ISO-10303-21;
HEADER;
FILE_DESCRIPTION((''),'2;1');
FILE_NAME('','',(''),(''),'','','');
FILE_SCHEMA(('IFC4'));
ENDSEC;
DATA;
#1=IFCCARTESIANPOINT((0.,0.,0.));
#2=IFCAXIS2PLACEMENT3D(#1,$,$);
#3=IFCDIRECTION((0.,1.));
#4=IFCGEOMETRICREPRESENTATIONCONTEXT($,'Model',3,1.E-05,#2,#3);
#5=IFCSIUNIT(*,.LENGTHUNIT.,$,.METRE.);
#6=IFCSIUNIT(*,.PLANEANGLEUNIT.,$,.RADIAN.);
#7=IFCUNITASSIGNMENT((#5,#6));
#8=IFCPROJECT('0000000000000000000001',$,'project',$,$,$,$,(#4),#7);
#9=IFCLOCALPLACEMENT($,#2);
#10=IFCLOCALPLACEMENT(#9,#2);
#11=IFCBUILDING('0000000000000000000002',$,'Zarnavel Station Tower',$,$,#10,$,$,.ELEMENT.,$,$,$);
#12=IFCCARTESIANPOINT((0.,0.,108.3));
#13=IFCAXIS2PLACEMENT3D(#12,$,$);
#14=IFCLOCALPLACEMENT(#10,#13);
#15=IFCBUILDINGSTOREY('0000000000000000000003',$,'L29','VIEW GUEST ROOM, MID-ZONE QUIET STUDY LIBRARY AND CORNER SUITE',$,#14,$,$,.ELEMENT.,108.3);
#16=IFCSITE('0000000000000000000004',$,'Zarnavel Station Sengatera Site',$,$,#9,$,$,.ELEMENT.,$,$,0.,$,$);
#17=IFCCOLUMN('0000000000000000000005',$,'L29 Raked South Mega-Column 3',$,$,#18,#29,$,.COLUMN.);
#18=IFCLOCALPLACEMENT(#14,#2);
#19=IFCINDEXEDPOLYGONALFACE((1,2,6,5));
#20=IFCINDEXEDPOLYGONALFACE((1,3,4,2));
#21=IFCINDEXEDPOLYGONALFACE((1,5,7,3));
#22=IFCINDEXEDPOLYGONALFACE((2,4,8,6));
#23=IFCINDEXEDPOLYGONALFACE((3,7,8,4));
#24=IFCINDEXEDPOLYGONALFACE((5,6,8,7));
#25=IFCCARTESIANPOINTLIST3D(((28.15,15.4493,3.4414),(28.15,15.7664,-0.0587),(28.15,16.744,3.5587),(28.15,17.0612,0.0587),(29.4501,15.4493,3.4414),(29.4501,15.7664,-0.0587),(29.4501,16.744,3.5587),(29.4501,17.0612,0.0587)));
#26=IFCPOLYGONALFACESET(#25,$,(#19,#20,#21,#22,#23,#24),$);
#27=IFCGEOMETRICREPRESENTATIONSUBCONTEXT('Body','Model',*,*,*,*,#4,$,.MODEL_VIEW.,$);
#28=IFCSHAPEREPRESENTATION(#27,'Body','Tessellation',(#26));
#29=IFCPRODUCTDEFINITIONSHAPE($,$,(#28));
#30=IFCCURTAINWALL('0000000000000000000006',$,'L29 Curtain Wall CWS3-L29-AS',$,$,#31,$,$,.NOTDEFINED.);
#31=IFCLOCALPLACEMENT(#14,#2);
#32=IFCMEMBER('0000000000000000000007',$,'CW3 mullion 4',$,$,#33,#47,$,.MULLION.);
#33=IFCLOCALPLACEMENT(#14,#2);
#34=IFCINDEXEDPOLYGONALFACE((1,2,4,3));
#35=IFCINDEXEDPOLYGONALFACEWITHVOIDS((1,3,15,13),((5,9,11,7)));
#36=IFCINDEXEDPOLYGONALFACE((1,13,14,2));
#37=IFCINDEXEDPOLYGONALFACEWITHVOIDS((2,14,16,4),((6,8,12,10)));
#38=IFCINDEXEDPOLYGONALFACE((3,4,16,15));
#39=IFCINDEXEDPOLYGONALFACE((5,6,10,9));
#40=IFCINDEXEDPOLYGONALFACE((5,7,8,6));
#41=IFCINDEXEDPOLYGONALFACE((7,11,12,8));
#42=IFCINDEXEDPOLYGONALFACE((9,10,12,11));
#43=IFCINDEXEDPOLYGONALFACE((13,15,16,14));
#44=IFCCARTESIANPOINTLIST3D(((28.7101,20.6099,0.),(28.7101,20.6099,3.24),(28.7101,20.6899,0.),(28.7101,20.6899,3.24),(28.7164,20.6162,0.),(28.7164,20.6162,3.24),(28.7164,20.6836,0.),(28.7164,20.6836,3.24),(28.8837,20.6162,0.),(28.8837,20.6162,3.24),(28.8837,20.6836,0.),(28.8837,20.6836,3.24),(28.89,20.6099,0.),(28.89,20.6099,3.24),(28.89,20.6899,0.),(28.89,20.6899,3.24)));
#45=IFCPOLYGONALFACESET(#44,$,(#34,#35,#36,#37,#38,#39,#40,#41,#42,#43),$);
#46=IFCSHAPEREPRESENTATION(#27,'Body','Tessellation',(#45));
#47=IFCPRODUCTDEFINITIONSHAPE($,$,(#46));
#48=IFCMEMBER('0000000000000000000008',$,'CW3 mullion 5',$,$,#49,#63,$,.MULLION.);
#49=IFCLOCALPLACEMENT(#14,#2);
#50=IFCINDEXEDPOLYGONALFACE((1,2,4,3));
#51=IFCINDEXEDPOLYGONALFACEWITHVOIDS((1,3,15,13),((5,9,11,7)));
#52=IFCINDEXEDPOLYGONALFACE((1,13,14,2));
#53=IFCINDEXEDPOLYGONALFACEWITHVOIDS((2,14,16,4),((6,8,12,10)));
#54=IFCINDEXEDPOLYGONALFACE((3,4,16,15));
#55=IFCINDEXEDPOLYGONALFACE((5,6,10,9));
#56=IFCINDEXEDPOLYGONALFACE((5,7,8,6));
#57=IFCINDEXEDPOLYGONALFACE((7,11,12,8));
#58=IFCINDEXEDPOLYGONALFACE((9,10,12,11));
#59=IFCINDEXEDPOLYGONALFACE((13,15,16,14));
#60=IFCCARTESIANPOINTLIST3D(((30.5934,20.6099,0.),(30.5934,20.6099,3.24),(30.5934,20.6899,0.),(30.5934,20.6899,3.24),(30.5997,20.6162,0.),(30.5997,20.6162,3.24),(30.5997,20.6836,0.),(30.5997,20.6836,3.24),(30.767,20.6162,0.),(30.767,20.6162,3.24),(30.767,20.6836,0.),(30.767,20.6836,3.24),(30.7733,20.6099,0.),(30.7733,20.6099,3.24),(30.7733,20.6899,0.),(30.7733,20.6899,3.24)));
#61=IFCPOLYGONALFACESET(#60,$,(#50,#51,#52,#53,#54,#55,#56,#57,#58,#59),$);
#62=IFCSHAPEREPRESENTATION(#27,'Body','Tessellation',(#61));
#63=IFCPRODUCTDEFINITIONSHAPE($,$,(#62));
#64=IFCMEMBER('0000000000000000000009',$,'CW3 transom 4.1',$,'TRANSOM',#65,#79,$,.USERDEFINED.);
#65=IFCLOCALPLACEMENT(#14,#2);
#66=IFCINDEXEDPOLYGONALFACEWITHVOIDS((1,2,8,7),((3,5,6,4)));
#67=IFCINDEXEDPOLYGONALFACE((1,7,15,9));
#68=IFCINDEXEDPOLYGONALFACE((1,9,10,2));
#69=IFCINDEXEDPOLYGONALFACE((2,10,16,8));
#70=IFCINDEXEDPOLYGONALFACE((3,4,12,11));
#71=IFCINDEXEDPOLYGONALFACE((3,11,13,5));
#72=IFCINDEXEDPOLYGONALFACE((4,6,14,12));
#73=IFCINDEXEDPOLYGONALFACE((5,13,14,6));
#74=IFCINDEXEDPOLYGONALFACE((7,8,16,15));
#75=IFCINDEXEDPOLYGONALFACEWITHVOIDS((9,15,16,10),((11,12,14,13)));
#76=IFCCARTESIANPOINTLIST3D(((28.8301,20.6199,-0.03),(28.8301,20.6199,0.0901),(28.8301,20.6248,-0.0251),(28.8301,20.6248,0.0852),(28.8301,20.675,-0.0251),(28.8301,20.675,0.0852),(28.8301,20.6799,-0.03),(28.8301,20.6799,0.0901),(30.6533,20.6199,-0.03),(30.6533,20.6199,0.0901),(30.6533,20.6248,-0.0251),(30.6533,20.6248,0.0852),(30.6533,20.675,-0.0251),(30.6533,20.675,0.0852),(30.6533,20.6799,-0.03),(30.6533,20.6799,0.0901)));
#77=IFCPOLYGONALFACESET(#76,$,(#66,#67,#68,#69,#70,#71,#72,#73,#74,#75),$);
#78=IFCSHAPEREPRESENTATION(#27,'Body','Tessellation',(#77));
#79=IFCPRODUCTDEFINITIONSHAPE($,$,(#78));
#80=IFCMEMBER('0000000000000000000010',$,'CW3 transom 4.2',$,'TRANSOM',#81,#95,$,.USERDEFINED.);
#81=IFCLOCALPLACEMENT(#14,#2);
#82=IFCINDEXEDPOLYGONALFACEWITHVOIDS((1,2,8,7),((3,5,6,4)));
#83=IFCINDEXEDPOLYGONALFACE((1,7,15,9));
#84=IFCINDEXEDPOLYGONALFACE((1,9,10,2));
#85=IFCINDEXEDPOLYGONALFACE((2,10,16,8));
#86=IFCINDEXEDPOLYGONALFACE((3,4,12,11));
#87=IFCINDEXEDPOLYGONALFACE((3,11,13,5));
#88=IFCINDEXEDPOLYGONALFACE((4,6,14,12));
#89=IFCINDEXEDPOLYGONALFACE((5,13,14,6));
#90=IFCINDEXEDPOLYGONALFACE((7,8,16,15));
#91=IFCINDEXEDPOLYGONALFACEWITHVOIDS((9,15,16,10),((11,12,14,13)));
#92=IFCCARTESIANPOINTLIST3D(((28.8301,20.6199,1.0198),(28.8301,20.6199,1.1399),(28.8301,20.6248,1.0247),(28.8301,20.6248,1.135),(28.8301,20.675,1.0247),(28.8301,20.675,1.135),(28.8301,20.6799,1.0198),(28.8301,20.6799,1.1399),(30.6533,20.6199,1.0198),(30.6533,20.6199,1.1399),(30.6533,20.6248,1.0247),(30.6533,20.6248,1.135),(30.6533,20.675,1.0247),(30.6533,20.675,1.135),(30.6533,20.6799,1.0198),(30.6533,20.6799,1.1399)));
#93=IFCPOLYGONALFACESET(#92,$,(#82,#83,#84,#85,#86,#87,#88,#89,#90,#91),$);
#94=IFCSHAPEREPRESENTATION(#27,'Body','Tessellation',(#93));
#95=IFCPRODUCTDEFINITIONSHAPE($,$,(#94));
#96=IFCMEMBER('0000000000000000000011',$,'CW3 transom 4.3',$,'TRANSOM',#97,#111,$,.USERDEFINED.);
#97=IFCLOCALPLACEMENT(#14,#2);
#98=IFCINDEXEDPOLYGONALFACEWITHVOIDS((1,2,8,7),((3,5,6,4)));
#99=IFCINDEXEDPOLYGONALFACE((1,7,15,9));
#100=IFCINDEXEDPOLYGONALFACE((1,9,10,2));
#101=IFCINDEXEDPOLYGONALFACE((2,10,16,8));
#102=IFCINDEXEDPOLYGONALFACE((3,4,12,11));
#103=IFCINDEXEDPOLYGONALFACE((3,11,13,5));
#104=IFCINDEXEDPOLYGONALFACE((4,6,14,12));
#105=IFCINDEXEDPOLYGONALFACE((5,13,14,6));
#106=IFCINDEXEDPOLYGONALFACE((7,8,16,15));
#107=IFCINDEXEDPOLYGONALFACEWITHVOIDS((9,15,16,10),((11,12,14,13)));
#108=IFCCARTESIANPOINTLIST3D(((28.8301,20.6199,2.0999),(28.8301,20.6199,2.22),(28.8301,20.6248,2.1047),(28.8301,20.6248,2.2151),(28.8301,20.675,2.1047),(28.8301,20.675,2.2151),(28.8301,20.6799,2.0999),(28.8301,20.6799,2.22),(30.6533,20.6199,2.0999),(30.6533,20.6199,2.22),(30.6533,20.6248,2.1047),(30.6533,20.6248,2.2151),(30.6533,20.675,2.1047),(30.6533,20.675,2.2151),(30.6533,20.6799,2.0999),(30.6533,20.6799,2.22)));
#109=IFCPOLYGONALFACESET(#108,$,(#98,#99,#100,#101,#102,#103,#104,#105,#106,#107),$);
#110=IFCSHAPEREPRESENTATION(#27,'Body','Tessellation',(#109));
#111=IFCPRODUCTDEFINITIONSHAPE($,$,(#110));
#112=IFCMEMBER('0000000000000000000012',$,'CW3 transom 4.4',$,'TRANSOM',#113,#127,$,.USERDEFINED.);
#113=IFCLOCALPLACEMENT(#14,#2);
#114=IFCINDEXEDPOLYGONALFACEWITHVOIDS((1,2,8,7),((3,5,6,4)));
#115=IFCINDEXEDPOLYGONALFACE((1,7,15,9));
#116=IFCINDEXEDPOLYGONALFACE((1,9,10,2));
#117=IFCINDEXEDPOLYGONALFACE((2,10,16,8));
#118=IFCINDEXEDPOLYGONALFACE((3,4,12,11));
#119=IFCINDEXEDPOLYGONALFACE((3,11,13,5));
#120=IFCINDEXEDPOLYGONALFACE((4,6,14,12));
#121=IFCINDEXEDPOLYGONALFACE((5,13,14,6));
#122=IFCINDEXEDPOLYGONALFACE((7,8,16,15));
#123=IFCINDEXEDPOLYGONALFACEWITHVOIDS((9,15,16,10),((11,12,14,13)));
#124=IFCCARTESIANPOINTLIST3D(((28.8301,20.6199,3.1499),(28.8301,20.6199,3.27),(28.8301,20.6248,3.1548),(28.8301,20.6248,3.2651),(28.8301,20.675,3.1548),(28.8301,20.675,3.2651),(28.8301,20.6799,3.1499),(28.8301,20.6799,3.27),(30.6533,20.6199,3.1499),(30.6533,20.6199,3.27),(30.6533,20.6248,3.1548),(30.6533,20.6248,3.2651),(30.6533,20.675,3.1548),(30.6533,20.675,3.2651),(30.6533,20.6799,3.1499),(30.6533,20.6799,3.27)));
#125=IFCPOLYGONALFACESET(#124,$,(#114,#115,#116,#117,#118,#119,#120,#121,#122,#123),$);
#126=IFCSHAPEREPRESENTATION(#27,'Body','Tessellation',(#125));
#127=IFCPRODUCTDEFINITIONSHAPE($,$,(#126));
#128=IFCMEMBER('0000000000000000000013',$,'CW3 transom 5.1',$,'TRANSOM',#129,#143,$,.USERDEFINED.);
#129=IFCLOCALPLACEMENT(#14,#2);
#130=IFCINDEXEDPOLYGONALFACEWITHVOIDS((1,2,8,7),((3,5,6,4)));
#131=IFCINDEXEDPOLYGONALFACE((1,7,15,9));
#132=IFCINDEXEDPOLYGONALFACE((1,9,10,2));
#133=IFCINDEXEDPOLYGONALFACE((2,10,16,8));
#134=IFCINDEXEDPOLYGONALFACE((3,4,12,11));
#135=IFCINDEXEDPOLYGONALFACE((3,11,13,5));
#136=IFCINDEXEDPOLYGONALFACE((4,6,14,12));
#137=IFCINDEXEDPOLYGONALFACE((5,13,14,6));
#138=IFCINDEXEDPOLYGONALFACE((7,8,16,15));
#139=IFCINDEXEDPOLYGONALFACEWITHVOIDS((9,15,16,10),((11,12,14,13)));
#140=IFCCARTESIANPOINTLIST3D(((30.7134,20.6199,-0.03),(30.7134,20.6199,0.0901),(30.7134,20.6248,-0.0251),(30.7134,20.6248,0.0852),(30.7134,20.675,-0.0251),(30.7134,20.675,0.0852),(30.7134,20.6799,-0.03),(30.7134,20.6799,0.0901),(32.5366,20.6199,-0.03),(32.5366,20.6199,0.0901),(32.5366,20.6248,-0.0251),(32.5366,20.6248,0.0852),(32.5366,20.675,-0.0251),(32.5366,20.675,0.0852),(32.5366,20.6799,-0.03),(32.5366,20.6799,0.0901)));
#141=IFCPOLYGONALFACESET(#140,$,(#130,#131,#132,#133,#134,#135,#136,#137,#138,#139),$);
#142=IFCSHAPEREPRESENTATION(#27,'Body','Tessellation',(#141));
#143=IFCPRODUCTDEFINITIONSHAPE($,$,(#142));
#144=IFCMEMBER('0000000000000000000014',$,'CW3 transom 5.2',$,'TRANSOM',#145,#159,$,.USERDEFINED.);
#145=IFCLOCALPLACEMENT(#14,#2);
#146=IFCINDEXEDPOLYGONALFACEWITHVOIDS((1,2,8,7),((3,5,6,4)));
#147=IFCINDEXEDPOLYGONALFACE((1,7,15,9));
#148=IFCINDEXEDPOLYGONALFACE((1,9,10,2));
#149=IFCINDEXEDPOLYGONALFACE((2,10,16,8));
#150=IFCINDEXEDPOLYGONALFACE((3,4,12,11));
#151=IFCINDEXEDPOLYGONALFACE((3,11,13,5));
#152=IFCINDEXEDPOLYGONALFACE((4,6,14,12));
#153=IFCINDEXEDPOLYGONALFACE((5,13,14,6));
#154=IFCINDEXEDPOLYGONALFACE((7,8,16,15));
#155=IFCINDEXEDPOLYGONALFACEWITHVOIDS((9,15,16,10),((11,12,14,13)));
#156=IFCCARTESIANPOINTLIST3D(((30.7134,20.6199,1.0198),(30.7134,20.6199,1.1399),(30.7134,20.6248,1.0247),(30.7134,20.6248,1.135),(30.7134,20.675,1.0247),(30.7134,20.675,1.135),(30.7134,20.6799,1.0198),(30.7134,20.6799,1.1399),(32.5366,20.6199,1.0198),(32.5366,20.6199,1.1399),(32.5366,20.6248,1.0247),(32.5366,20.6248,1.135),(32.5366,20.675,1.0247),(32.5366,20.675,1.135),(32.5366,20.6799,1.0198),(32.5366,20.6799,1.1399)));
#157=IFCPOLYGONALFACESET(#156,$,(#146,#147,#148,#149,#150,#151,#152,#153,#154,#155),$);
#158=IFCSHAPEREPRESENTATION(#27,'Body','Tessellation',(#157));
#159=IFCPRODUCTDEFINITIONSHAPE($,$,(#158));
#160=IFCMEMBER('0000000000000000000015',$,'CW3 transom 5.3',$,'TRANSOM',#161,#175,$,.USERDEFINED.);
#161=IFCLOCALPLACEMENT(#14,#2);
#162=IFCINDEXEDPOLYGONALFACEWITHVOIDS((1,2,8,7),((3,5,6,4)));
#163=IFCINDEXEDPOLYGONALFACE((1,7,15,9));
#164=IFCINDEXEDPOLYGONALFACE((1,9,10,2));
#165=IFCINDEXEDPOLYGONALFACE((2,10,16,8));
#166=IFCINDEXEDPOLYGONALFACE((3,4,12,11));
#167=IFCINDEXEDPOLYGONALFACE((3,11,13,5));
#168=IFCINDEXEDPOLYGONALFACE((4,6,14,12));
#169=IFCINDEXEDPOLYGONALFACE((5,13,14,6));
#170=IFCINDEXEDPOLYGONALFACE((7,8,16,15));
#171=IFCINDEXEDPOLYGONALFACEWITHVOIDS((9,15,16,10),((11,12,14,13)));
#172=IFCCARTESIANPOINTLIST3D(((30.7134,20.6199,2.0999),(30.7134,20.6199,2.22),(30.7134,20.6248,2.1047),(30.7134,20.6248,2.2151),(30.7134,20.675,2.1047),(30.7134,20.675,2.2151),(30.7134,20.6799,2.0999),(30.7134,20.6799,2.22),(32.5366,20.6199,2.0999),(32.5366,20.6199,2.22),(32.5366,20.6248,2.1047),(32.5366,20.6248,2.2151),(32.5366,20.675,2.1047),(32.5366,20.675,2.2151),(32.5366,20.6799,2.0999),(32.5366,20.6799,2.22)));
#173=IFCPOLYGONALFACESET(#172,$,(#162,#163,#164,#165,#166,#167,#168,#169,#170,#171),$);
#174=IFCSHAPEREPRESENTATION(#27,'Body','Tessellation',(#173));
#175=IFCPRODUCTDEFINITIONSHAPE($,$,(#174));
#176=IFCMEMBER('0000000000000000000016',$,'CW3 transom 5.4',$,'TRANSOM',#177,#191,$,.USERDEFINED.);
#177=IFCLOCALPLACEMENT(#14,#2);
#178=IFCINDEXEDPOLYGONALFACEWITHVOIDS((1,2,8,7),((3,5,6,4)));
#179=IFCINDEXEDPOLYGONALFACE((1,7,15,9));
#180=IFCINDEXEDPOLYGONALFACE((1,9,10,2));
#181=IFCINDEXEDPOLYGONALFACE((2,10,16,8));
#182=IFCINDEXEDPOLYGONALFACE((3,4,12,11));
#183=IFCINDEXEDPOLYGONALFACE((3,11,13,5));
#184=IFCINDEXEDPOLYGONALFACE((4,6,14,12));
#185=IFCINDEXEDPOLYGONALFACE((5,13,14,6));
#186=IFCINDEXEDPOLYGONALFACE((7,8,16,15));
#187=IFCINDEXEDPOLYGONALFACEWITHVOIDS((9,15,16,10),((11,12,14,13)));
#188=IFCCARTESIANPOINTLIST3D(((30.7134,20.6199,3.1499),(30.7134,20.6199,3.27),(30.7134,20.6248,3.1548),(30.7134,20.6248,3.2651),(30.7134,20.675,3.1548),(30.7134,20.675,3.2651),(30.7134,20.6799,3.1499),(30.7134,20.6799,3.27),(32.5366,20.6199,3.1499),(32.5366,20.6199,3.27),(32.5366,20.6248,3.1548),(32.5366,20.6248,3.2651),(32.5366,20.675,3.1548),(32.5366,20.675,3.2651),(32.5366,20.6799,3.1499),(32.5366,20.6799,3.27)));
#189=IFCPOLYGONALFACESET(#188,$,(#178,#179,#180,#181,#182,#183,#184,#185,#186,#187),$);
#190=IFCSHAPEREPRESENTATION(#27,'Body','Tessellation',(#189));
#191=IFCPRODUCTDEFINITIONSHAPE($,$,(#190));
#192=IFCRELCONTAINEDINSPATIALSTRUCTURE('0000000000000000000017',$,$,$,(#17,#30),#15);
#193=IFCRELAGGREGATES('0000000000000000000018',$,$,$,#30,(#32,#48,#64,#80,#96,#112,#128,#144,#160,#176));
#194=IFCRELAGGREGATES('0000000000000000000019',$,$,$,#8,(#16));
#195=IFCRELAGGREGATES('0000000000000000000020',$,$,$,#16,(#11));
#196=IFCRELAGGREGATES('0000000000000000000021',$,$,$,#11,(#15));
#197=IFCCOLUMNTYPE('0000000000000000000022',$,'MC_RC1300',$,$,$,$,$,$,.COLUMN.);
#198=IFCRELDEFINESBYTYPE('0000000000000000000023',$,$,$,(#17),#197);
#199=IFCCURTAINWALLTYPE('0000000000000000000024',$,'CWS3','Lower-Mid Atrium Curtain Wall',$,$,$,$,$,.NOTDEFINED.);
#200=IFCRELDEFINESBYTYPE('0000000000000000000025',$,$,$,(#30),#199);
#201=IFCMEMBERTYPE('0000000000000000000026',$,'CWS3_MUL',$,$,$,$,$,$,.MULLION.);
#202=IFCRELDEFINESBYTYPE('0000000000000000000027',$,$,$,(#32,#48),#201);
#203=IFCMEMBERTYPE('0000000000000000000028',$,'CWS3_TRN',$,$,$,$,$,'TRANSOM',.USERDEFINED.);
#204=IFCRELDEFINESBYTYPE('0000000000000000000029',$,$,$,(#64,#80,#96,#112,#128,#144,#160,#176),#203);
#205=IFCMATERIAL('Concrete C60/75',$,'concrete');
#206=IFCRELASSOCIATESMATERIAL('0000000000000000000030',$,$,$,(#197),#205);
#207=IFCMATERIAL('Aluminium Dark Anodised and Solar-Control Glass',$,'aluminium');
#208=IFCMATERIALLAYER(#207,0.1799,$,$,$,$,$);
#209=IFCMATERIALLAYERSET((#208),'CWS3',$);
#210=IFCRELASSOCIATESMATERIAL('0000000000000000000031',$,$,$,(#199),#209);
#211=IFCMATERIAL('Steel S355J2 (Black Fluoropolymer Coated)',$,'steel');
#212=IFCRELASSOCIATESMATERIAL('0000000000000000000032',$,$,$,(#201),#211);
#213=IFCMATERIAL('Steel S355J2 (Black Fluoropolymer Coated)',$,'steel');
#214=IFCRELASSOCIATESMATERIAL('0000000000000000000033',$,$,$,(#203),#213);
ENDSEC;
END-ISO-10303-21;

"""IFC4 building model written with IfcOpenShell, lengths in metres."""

from ifc_helpers import new_model, si_unit, direction, frame, origin, origin_2d, place, context, subcontext, project, spatial, rectangle, hollow_rectangle, extrude, material, layer, layer_set, material_profile, profile_set, type_object, element, aggregate, save


model = new_model("IFC4")

# Units and contexts
model_context = context("Model", 3, precision=1e-05, world=origin(), true_north=direction((0.0, 1.0)))
body_context = subcontext(model_context, "Body", "Model", "MODEL_VIEW")
ifc_project = project(units=[si_unit("LENGTHUNIT", "METRE"), si_unit("PLANEANGLEUNIT", "RADIAN")], contexts=[model_context])

# Site, building, storey
site_placement = place(None, origin())
site = spatial("IfcSite", under=ifc_project, at=site_placement, Name="Zarnavel Station Sengatera Site", CompositionType="ELEMENT", RefElevation=0.0)
building_placement = place(site_placement, origin())
building = spatial("IfcBuilding", under=site, at=building_placement, Name="Zarnavel Station Tower", CompositionType="ELEMENT")
storey_placement = place(building_placement, frame((0.0, 0.0, 108.3)))
storey = spatial("IfcBuildingStorey", under=building, at=storey_placement, Name="L29", Description="VIEW GUEST ROOM, MID-ZONE QUIET STUDY LIBRARY AND CORNER SUITE", CompositionType="ELEMENT", Elevation=108.3)

# Column
ifc_material_1 = material(Name="Concrete C60/75", Category="concrete")
ifc_material_profile_1 = material_profile(ifc_material_1, rectangle(XDim=1.3, YDim=1.3, at=origin_2d()), Name="RC1300x1300")
ifc_profile_set_1 = profile_set([ifc_material_profile_1], Name="Concrete C60/75")
column_type = type_object("IfcColumnType", Name="MC_RC1300", PredefinedType="COLUMN", material=ifc_profile_set_1)
column_placement = place(storey_placement, frame((28.8, 16.4138, 0.0), z_axis=(0.0, -0.090241, 0.99592), x_axis=(1.0, 0.0, 0.0)))
element("IfcColumn", 1, at=column_placement, inside=storey, type_object=column_type, Name="L29 Raked South Mega-Column 3", PredefinedType="COLUMN", context=body_context, shape_type="SweptSolid", body=[
    extrude(rectangle(XDim=1.3, YDim=1.3, at=origin_2d()), origin(), (0.0, 0.0, 1.0), 3.5144),
])

# Curtain wall, members
ifc_material_2 = material(Name="Aluminium Dark Anodised and Solar-Control Glass", Category="aluminium")
ifc_layer_1 = layer(ifc_material_2, 0.1799)
ifc_layer_set_1 = layer_set([ifc_layer_1], Name="CWS3")
curtain_wall_type = type_object("IfcCurtainWallType", Name="CWS3", Description="Lower-Mid Atrium Curtain Wall", PredefinedType="NOTDEFINED", material=ifc_layer_set_1)
curtain_wall_placement = place(storey_placement, origin())
curtain_wall = element("IfcCurtainWall", 2, at=curtain_wall_placement, inside=storey, type_object=curtain_wall_type, Name="L29 Curtain Wall CWS3-L29-AS", PredefinedType="NOTDEFINED")
ifc_material_3 = material(Name="Steel S355J2 (Black Fluoropolymer Coated)", Category="steel")
ifc_material_profile_2 = material_profile(ifc_material_3, hollow_rectangle(XDim=0.0801, YDim=0.1799, WallThickness=0.0063, at=origin_2d()), Name="RHS180x80x6.3")
ifc_profile_set_2 = profile_set([ifc_material_profile_2], Name="Steel S355J2 (Black Fluoropolymer Coated)")
member_type_1 = type_object("IfcMemberType", Name="CWS3_MUL", PredefinedType="MULLION", material=ifc_profile_set_2)
member_1_placement = place(storey_placement, frame((28.8, 20.6499, 0.0), z_axis=(0.0, 0.0, 1.0), x_axis=(0.0, 1.0, 0.0)))
member_1 = element("IfcMember", 3, at=member_1_placement, type_object=member_type_1, Name="CW3 mullion 4", PredefinedType="MULLION", context=body_context, shape_type="SweptSolid", body=[
    extrude(hollow_rectangle(XDim=0.0801, YDim=0.1799, WallThickness=0.0063, at=origin_2d()), origin(), (0.0, 0.0, 1.0), 3.24),
])
member_2_placement = place(storey_placement, frame((30.6833, 20.6499, 0.0), z_axis=(0.0, 0.0, 1.0), x_axis=(0.0, 1.0, 0.0)))
member_2 = element("IfcMember", 4, at=member_2_placement, type_object=member_type_1, Name="CW3 mullion 5", PredefinedType="MULLION", context=body_context, shape_type="SweptSolid", body=[
    extrude(hollow_rectangle(XDim=0.0801, YDim=0.1799, WallThickness=0.0063, at=origin_2d()), origin(), (0.0, 0.0, 1.0), 3.24),
])
ifc_material_4 = material(Name="Steel S355J2 (Black Fluoropolymer Coated)", Category="steel")
ifc_material_profile_3 = material_profile(ifc_material_4, hollow_rectangle(XDim=0.0601, YDim=0.1201, WallThickness=0.0049, at=origin_2d()), Name="RHS120x60x5")
ifc_profile_set_3 = profile_set([ifc_material_profile_3], Name="Steel S355J2 (Black Fluoropolymer Coated)")
member_type_2 = type_object("IfcMemberType", Name="CWS3_TRN", ElementType="TRANSOM", PredefinedType="USERDEFINED", material=ifc_profile_set_3)
member_3_placement = place(storey_placement, frame((28.8301, 20.6499, 0.03), z_axis=(1.0, 0.0, 0.0), x_axis=(0.0, 1.0, 0.0)))
member_3 = element("IfcMember", 5, at=member_3_placement, type_object=member_type_2, Name="CW3 transom 4.1", ObjectType="TRANSOM", PredefinedType="USERDEFINED", context=body_context, shape_type="SweptSolid", body=[
    extrude(hollow_rectangle(XDim=0.0601, YDim=0.1201, WallThickness=0.0049, at=origin_2d()), origin(), (0.0, 0.0, 1.0), 1.8232),
])
member_4_placement = place(storey_placement, frame((28.8301, 20.6499, 1.0798), z_axis=(1.0, 0.0, 0.0), x_axis=(0.0, 1.0, 0.0)))
member_4 = element("IfcMember", 6, at=member_4_placement, type_object=member_type_2, Name="CW3 transom 4.2", ObjectType="TRANSOM", PredefinedType="USERDEFINED", context=body_context, shape_type="SweptSolid", body=[
    extrude(hollow_rectangle(XDim=0.0601, YDim=0.1201, WallThickness=0.0049, at=origin_2d()), origin(), (0.0, 0.0, 1.0), 1.8232),
])
member_5_placement = place(storey_placement, frame((28.8301, 20.6499, 2.1599), z_axis=(1.0, 0.0, 0.0), x_axis=(0.0, 1.0, 0.0)))
member_5 = element("IfcMember", 7, at=member_5_placement, type_object=member_type_2, Name="CW3 transom 4.3", ObjectType="TRANSOM", PredefinedType="USERDEFINED", context=body_context, shape_type="SweptSolid", body=[
    extrude(hollow_rectangle(XDim=0.0601, YDim=0.1201, WallThickness=0.0049, at=origin_2d()), origin(), (0.0, 0.0, 1.0), 1.8232),
])
member_6_placement = place(storey_placement, frame((28.8301, 20.6499, 3.21), z_axis=(1.0, 0.0, 0.0), x_axis=(0.0, 1.0, 0.0)))
member_6 = element("IfcMember", 8, at=member_6_placement, type_object=member_type_2, Name="CW3 transom 4.4", ObjectType="TRANSOM", PredefinedType="USERDEFINED", context=body_context, shape_type="SweptSolid", body=[
    extrude(hollow_rectangle(XDim=0.0601, YDim=0.1201, WallThickness=0.0049, at=origin_2d()), origin(), (0.0, 0.0, 1.0), 1.8232),
])
member_7_placement = place(storey_placement, frame((30.7134, 20.6499, 0.03), z_axis=(1.0, 0.0, 0.0), x_axis=(0.0, 1.0, 0.0)))
member_7 = element("IfcMember", 9, at=member_7_placement, type_object=member_type_2, Name="CW3 transom 5.1", ObjectType="TRANSOM", PredefinedType="USERDEFINED", context=body_context, shape_type="SweptSolid", body=[
    extrude(hollow_rectangle(XDim=0.0601, YDim=0.1201, WallThickness=0.0049, at=origin_2d()), origin(), (0.0, 0.0, 1.0), 1.8232),
])
member_8_placement = place(storey_placement, frame((30.7134, 20.6499, 1.0798), z_axis=(1.0, 0.0, 0.0), x_axis=(0.0, 1.0, 0.0)))
member_8 = element("IfcMember", 10, at=member_8_placement, type_object=member_type_2, Name="CW3 transom 5.2", ObjectType="TRANSOM", PredefinedType="USERDEFINED", context=body_context, shape_type="SweptSolid", body=[
    extrude(hollow_rectangle(XDim=0.0601, YDim=0.1201, WallThickness=0.0049, at=origin_2d()), origin(), (0.0, 0.0, 1.0), 1.8232),
])
member_9_placement = place(storey_placement, frame((30.7134, 20.6499, 2.1599), z_axis=(1.0, 0.0, 0.0), x_axis=(0.0, 1.0, 0.0)))
member_9 = element("IfcMember", 11, at=member_9_placement, type_object=member_type_2, Name="CW3 transom 5.3", ObjectType="TRANSOM", PredefinedType="USERDEFINED", context=body_context, shape_type="SweptSolid", body=[
    extrude(hollow_rectangle(XDim=0.0601, YDim=0.1201, WallThickness=0.0049, at=origin_2d()), origin(), (0.0, 0.0, 1.0), 1.8232),
])
member_10_placement = place(storey_placement, frame((30.7134, 20.6499, 3.21), z_axis=(1.0, 0.0, 0.0), x_axis=(0.0, 1.0, 0.0)))
member_10 = element("IfcMember", 12, at=member_10_placement, type_object=member_type_2, Name="CW3 transom 5.4", ObjectType="TRANSOM", PredefinedType="USERDEFINED", context=body_context, shape_type="SweptSolid", body=[
    extrude(hollow_rectangle(XDim=0.0601, YDim=0.1201, WallThickness=0.0049, at=origin_2d()), origin(), (0.0, 0.0, 1.0), 1.8232),
])

aggregate(curtain_wall, [member_1, member_2, member_3, member_4, member_5, member_6, member_7, member_8, member_9, member_10])

save(model, "model.ifc")
